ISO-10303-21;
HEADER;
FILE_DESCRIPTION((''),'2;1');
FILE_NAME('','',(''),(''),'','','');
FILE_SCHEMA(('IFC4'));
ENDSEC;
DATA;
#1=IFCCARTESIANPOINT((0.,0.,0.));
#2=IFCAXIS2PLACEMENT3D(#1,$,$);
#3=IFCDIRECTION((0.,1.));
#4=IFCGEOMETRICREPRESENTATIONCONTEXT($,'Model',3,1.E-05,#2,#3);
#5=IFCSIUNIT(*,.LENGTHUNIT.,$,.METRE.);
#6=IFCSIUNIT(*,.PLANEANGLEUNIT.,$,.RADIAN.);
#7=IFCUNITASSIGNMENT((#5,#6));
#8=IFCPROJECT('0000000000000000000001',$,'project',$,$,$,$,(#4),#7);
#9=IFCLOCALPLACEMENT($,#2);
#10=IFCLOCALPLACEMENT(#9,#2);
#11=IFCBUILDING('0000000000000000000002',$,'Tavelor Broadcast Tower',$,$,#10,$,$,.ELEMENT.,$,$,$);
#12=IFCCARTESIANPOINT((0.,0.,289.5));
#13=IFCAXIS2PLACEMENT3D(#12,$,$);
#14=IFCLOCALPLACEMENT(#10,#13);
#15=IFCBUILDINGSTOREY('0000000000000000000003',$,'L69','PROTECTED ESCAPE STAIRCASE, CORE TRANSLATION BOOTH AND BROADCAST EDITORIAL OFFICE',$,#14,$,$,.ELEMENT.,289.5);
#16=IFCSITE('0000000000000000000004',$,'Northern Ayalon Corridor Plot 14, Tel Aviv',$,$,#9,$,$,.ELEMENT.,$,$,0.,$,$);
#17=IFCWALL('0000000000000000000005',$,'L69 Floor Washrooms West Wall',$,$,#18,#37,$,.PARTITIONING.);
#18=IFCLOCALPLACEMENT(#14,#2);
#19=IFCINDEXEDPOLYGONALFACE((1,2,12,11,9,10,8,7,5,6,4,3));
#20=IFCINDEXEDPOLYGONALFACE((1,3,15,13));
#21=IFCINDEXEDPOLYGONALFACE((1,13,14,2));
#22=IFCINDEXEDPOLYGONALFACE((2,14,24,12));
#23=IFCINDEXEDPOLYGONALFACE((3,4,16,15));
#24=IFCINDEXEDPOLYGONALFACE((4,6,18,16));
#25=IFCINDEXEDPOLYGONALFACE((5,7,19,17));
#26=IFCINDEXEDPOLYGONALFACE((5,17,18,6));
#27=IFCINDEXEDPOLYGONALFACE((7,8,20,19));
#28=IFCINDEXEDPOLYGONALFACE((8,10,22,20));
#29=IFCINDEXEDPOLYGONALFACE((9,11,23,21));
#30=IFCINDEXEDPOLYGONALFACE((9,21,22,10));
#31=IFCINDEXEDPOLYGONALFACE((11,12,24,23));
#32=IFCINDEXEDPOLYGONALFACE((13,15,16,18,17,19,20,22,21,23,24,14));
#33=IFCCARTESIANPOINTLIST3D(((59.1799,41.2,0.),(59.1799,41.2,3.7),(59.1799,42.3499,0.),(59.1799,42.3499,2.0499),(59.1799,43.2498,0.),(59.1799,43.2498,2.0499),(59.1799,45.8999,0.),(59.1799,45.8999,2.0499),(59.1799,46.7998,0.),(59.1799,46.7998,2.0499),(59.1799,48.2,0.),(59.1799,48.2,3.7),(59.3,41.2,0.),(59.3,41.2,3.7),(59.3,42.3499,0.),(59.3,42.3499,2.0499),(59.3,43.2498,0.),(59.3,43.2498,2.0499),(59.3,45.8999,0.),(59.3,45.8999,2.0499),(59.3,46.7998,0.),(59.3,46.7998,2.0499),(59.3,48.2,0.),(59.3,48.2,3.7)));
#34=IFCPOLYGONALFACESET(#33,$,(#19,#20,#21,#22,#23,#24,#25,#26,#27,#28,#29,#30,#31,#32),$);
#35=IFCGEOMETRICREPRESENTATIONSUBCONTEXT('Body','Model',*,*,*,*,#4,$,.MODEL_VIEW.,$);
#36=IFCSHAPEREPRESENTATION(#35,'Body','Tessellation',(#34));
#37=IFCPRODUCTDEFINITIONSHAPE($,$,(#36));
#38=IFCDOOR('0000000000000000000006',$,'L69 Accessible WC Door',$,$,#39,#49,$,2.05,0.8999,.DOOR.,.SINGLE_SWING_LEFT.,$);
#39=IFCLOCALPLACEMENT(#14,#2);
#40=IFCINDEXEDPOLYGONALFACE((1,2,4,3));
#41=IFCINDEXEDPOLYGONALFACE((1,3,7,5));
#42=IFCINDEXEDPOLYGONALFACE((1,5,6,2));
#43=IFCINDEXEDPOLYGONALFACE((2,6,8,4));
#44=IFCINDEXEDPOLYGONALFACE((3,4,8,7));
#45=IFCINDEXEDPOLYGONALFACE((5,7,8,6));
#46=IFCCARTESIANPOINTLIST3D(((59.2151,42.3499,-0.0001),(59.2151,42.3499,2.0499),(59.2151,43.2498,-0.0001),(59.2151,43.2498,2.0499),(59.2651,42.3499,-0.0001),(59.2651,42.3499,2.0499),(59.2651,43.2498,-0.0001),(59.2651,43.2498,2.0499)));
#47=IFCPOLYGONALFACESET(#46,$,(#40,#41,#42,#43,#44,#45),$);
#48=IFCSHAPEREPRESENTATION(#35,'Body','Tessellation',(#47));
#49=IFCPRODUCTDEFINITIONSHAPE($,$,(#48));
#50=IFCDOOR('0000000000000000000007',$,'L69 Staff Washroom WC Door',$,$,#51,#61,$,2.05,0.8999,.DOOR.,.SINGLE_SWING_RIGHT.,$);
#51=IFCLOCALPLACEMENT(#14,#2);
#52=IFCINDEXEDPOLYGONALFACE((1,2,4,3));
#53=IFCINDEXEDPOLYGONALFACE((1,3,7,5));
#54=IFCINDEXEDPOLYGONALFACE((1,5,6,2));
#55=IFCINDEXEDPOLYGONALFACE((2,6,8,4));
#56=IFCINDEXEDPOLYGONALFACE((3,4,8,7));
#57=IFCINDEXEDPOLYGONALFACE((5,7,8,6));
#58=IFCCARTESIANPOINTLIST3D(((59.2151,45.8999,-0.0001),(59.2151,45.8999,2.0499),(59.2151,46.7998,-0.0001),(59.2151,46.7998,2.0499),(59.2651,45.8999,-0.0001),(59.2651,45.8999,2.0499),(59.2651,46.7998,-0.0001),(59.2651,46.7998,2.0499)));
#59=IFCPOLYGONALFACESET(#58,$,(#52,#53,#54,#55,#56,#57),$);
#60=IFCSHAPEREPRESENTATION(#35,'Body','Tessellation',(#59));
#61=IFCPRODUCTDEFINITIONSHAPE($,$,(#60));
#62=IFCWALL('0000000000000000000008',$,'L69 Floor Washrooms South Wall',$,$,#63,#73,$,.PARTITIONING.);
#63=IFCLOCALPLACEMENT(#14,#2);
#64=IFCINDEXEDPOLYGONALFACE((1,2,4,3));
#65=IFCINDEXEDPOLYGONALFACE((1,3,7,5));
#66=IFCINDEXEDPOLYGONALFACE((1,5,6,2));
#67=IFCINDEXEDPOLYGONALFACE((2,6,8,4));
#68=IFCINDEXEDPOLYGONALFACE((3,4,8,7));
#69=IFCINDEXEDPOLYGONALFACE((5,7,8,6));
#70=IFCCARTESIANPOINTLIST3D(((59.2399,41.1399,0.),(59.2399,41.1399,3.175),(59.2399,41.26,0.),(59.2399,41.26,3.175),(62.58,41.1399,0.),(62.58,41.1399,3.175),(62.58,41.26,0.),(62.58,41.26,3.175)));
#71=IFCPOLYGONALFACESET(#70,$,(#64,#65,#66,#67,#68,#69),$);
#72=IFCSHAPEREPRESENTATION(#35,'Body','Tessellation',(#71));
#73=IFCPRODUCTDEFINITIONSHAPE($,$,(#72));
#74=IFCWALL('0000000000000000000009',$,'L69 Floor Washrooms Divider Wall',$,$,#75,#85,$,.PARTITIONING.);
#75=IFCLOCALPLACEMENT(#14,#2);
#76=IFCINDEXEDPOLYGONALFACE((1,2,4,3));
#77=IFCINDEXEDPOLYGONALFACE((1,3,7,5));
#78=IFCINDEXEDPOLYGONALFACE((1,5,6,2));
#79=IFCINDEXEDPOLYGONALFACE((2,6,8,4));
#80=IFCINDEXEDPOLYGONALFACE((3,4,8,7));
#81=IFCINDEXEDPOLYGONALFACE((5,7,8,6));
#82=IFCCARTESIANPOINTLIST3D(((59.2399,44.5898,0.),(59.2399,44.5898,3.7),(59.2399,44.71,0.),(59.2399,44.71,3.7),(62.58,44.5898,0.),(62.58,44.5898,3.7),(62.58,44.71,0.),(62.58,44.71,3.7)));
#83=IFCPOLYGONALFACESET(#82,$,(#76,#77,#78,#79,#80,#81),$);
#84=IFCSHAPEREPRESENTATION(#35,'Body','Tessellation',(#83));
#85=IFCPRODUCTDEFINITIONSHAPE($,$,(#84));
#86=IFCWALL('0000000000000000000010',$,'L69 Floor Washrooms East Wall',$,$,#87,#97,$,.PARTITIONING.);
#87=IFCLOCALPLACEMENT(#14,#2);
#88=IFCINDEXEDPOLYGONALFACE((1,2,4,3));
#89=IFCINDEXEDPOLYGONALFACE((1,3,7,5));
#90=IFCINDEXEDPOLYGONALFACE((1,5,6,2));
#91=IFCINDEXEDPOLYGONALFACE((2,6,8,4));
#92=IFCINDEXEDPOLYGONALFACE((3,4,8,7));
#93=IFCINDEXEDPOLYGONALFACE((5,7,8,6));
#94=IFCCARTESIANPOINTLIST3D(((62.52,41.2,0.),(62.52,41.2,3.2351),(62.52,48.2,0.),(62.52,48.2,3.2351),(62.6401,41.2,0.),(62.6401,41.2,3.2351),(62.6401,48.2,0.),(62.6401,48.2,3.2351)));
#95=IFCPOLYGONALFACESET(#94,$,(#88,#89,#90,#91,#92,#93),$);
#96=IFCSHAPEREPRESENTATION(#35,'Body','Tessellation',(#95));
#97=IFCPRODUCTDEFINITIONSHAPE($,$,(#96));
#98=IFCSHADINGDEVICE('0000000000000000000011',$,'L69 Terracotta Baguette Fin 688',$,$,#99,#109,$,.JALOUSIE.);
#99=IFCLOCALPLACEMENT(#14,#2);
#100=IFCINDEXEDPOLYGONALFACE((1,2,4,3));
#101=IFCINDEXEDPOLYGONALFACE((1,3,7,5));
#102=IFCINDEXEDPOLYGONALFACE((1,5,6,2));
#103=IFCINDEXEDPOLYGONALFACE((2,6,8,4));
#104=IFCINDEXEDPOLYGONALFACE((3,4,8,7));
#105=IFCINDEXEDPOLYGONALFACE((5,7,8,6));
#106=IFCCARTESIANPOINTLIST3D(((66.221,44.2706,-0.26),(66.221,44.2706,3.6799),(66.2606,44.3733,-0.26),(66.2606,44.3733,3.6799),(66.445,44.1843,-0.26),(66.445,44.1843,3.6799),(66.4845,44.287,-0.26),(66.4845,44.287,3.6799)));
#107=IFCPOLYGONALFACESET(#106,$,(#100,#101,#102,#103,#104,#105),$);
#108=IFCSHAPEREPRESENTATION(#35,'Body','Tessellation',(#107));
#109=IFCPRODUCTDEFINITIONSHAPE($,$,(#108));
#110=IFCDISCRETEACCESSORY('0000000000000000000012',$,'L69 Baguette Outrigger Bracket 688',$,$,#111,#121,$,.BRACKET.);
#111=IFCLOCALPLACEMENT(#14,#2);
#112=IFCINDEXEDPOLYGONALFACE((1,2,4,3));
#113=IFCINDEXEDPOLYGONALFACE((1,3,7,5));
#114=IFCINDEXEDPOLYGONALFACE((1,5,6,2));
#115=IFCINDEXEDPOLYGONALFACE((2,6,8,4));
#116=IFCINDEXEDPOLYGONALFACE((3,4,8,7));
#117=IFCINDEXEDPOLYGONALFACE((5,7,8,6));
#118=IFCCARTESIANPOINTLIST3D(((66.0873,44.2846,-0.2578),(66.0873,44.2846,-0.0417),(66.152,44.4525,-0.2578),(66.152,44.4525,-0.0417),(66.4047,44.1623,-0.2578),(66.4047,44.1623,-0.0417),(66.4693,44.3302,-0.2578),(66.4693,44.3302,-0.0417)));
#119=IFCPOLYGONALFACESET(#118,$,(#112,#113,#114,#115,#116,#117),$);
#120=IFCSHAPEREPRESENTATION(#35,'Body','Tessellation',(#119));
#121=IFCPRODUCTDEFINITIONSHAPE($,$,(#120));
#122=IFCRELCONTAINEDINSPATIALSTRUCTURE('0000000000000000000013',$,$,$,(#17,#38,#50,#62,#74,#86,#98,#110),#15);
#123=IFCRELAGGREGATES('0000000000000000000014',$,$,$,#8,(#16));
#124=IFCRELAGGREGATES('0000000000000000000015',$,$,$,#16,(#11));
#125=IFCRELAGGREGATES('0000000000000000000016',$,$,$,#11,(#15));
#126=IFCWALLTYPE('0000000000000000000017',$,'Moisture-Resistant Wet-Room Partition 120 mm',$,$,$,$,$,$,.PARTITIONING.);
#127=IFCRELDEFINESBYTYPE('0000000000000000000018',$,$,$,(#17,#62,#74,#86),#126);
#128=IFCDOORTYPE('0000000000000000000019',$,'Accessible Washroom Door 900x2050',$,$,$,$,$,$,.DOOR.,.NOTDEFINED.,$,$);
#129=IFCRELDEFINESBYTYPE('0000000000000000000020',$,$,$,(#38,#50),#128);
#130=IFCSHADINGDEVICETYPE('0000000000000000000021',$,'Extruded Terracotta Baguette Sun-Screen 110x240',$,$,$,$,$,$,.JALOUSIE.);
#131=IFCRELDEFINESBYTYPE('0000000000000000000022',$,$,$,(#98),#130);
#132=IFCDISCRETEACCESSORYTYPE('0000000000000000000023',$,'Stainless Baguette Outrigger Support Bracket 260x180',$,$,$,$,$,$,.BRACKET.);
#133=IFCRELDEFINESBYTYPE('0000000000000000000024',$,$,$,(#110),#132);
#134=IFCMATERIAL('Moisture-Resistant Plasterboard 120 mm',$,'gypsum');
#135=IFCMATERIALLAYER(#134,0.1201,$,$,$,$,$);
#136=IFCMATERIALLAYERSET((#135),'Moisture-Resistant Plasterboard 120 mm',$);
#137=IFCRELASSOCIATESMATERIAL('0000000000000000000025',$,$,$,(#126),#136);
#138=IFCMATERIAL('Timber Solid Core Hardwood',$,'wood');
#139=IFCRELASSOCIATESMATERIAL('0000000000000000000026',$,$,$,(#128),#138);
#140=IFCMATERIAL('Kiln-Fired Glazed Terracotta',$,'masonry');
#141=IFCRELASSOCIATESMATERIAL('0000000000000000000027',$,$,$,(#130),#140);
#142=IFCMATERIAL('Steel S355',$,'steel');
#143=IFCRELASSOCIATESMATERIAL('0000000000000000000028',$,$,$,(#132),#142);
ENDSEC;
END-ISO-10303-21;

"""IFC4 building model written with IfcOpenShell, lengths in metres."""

from ifc_helpers import new_model, si_unit, direction, frame, frame_2d, origin, origin_2d, place, context, subcontext, project, spatial, rectangle, extrude, source, transform, mapped, material, layer, layer_set, type_object, type_shapes, element, fill, save


model = new_model("IFC4")

# Units and contexts
model_context = context("Model", 3, precision=1e-05, world=origin(), true_north=direction((0.0, 1.0)))
body_context = subcontext(model_context, "Body", "Model", "MODEL_VIEW")
ifc_project = project(units=[si_unit("LENGTHUNIT", "METRE"), si_unit("PLANEANGLEUNIT", "RADIAN")], contexts=[model_context])

# Site, building, storey
site_placement = place(None, origin())
site = spatial("IfcSite", under=ifc_project, at=site_placement, Name="Northern Ayalon Corridor Plot 14, Tel Aviv", CompositionType="ELEMENT", RefElevation=0.0)
building_placement = place(site_placement, origin())
building = spatial("IfcBuilding", under=site, at=building_placement, Name="Tavelor Broadcast Tower", CompositionType="ELEMENT")
storey_placement = place(building_placement, frame((0.0, 0.0, 289.5)))
storey = spatial("IfcBuildingStorey", under=building, at=storey_placement, Name="L69", Description="PROTECTED ESCAPE STAIRCASE, CORE TRANSLATION BOOTH AND BROADCAST EDITORIAL OFFICE", CompositionType="ELEMENT", Elevation=289.5)

# Shared definitions
ifc_material_1 = material(Name="Steel S355", Category="steel")

# Shared definitions
ifc_material_2 = material(Name="Timber Solid Core Hardwood", Category="wood")

# Wall, openings, doors
ifc_material_3 = material(Name="Moisture-Resistant Plasterboard 120 mm", Category="gypsum")
ifc_layer_1 = layer(ifc_material_3, 0.1201)
ifc_layer_set_1 = layer_set([ifc_layer_1], Name="Moisture-Resistant Plasterboard 120 mm")
wall_type_1 = type_object("IfcWallType", Name="Moisture-Resistant Wet-Room Partition 120 mm", PredefinedType="PARTITIONING", material=ifc_layer_set_1)
wall_1_placement = place(storey_placement, frame((59.24, 41.2, 0.0), z_axis=(0.0, 0.0, 1.0), x_axis=(0.0, 1.0, 0.0)))
wall_1 = element("IfcWall", 1, at=wall_1_placement, inside=storey, type_object=wall_type_1, Name="L69 Floor Washrooms West Wall", PredefinedType="PARTITIONING", context=body_context, shape_type="SweptSolid", body=[
    extrude(rectangle(XDim=7.0, YDim=0.1201, at=frame_2d((3.5, 0.0))), origin(), (0.0, 0.0, 1.0), 3.7),
])
opening_1_placement = place(wall_1_placement, frame((1.1499, 0.0, 0.0)))
opening_1 = element("IfcOpeningElement", 2, at=opening_1_placement, cuts=wall_1, PredefinedType="OPENING", context=body_context, shape_type="SweptSolid", body=[
    extrude(rectangle(XDim=0.8999, YDim=2.05, at=frame_2d((0.45, 1.0249))), frame((0.0, 0.0701, 0.0), z_axis=(0.0, -1.0, 0.0), x_axis=(1.0, 0.0, 0.0)), (0.0, 0.0, 1.0), 0.1401),
])
opening_2_placement = place(wall_1_placement, frame((4.7, 0.0, 0.0)))
opening_2 = element("IfcOpeningElement", 3, at=opening_2_placement, cuts=wall_1, PredefinedType="OPENING", context=body_context, shape_type="SweptSolid", body=[
    extrude(rectangle(XDim=0.8999, YDim=2.05, at=frame_2d((0.45, 1.0249))), frame((0.0, 0.0701, 0.0), z_axis=(0.0, -1.0, 0.0), x_axis=(1.0, 0.0, 0.0)), (0.0, 0.0, 1.0), 0.1401),
])
door_type_1 = type_object("IfcDoorType", Name="Accessible Washroom Door 900x2050", OperationType="NOTDEFINED", PredefinedType="DOOR", material=ifc_material_2)
door_1_placement = place(opening_1_placement, origin())
door_1 = element("IfcDoor", 4, at=door_1_placement, inside=storey, type_object=door_type_1, Name="L69 Accessible WC Door", OperationType="SINGLE_SWING_LEFT", OverallHeight=2.05, OverallWidth=0.8999, PredefinedType="DOOR", context=body_context, shape_type="SweptSolid", body=[
    extrude(rectangle(XDim=0.8999, YDim=2.05, at=frame_2d((0.45, 1.0249))), frame((0.0, 0.0249, 0.0), z_axis=(0.0, -1.0, 0.0), x_axis=(1.0, 0.0, 0.0)), (0.0, 0.0, 1.0), 0.05),
])
fill(opening_1, door_1)
door_2_placement = place(opening_2_placement, origin())
door_2 = element("IfcDoor", 5, at=door_2_placement, inside=storey, type_object=door_type_1, Name="L69 Staff Washroom WC Door", OperationType="SINGLE_SWING_RIGHT", OverallHeight=2.05, OverallWidth=0.8999, PredefinedType="DOOR", context=body_context, shape_type="SweptSolid", body=[
    extrude(rectangle(XDim=0.8999, YDim=2.05, at=frame_2d((0.45, 1.0249))), frame((0.0, 0.0249, 0.0), z_axis=(0.0, -1.0, 0.0), x_axis=(1.0, 0.0, 0.0)), (0.0, 0.0, 1.0), 0.05),
])
fill(opening_2, door_2)

# Walls
wall_2_placement = place(storey_placement, frame((59.24, 41.2, 0.0), z_axis=(0.0, 0.0, 1.0), x_axis=(1.0, 0.0, 0.0)))
element("IfcWall", 6, at=wall_2_placement, inside=storey, type_object=wall_type_1, Name="L69 Floor Washrooms South Wall", PredefinedType="PARTITIONING", context=body_context, shape_type="SweptSolid", body=[
    extrude(rectangle(XDim=3.3401, YDim=0.1201, at=frame_2d((1.6699, 0.0))), origin(), (0.0, 0.0, 1.0), 3.175),
])
wall_3_placement = place(storey_placement, frame((59.24, 44.6499, 0.0), z_axis=(0.0, 0.0, 1.0), x_axis=(1.0, 0.0, 0.0)))
element("IfcWall", 7, at=wall_3_placement, inside=storey, type_object=wall_type_1, Name="L69 Floor Washrooms Divider Wall", PredefinedType="PARTITIONING", context=body_context, shape_type="SweptSolid", body=[
    extrude(rectangle(XDim=3.3401, YDim=0.1201, at=frame_2d((1.6699, 0.0))), origin(), (0.0, 0.0, 1.0), 3.7),
])
wall_4_placement = place(storey_placement, frame((62.5801, 41.2, 0.0), z_axis=(0.0, 0.0, 1.0), x_axis=(0.0, 1.0, 0.0)))
element("IfcWall", 8, at=wall_4_placement, inside=storey, type_object=wall_type_1, Name="L69 Floor Washrooms East Wall", PredefinedType="PARTITIONING", context=body_context, shape_type="SweptSolid", body=[
    extrude(rectangle(XDim=7.0, YDim=0.1201, at=frame_2d((3.5, 0.0))), origin(), (0.0, 0.0, 1.0), 3.2351),
])

# Shading device
ifc_material_4 = material(Name="Kiln-Fired Glazed Terracotta", Category="masonry")
shading_device_type = type_object("IfcShadingDeviceType", Name="Extruded Terracotta Baguette Sun-Screen 110x240", PredefinedType="JALOUSIE", material=ifc_material_4)
shared_shape_1 = source(origin(), body_context, "Body", "SweptSolid", [
    extrude(rectangle(XDim=0.1101, YDim=0.24, at=origin_2d()), origin(), (0.0, 0.0, 1.0), 3.9399),
])
type_shapes(shading_device_type, [shared_shape_1])
shading_device_placement = place(storey_placement, frame((66.3528, 44.2788, -0.26), z_axis=(0.0, 0.0, 1.0), x_axis=(0.359508, 0.933142, 0.0)))
element("IfcShadingDevice", 9, at=shading_device_placement, inside=storey, type_object=shading_device_type, Name="L69 Terracotta Baguette Fin 688", PredefinedType="JALOUSIE", context=body_context, shape_type="MappedRepresentation", body=[
    mapped(shared_shape_1, transform((0.0, 0.0, 0.0), scale=1.0)),
])

# Discrete accessory
discrete_accessory_type = type_object("IfcDiscreteAccessoryType", Name="Stainless Baguette Outrigger Support Bracket 260x180", PredefinedType="BRACKET", material=ifc_material_1)
shared_shape_2 = source(origin(), body_context, "Body", "SweptSolid", [
    extrude(rectangle(XDim=0.1799, YDim=0.3401, at=origin_2d()), origin(), (0.0, 0.0, 1.0), 0.2161),
])
type_shapes(discrete_accessory_type, [shared_shape_2])
discrete_accessory_placement = place(storey_placement, frame((66.2783, 44.3074, -0.2578), z_axis=(0.0, 0.0, 1.0), x_axis=(0.359508, 0.933142, 0.0)))
element("IfcDiscreteAccessory", 10, at=discrete_accessory_placement, inside=storey, type_object=discrete_accessory_type, Name="L69 Baguette Outrigger Bracket 688", PredefinedType="BRACKET", context=body_context, shape_type="MappedRepresentation", body=[
    mapped(shared_shape_2, transform((0.0, 0.0, 0.0), scale=1.0)),
])

save(model, "model.ifc")
